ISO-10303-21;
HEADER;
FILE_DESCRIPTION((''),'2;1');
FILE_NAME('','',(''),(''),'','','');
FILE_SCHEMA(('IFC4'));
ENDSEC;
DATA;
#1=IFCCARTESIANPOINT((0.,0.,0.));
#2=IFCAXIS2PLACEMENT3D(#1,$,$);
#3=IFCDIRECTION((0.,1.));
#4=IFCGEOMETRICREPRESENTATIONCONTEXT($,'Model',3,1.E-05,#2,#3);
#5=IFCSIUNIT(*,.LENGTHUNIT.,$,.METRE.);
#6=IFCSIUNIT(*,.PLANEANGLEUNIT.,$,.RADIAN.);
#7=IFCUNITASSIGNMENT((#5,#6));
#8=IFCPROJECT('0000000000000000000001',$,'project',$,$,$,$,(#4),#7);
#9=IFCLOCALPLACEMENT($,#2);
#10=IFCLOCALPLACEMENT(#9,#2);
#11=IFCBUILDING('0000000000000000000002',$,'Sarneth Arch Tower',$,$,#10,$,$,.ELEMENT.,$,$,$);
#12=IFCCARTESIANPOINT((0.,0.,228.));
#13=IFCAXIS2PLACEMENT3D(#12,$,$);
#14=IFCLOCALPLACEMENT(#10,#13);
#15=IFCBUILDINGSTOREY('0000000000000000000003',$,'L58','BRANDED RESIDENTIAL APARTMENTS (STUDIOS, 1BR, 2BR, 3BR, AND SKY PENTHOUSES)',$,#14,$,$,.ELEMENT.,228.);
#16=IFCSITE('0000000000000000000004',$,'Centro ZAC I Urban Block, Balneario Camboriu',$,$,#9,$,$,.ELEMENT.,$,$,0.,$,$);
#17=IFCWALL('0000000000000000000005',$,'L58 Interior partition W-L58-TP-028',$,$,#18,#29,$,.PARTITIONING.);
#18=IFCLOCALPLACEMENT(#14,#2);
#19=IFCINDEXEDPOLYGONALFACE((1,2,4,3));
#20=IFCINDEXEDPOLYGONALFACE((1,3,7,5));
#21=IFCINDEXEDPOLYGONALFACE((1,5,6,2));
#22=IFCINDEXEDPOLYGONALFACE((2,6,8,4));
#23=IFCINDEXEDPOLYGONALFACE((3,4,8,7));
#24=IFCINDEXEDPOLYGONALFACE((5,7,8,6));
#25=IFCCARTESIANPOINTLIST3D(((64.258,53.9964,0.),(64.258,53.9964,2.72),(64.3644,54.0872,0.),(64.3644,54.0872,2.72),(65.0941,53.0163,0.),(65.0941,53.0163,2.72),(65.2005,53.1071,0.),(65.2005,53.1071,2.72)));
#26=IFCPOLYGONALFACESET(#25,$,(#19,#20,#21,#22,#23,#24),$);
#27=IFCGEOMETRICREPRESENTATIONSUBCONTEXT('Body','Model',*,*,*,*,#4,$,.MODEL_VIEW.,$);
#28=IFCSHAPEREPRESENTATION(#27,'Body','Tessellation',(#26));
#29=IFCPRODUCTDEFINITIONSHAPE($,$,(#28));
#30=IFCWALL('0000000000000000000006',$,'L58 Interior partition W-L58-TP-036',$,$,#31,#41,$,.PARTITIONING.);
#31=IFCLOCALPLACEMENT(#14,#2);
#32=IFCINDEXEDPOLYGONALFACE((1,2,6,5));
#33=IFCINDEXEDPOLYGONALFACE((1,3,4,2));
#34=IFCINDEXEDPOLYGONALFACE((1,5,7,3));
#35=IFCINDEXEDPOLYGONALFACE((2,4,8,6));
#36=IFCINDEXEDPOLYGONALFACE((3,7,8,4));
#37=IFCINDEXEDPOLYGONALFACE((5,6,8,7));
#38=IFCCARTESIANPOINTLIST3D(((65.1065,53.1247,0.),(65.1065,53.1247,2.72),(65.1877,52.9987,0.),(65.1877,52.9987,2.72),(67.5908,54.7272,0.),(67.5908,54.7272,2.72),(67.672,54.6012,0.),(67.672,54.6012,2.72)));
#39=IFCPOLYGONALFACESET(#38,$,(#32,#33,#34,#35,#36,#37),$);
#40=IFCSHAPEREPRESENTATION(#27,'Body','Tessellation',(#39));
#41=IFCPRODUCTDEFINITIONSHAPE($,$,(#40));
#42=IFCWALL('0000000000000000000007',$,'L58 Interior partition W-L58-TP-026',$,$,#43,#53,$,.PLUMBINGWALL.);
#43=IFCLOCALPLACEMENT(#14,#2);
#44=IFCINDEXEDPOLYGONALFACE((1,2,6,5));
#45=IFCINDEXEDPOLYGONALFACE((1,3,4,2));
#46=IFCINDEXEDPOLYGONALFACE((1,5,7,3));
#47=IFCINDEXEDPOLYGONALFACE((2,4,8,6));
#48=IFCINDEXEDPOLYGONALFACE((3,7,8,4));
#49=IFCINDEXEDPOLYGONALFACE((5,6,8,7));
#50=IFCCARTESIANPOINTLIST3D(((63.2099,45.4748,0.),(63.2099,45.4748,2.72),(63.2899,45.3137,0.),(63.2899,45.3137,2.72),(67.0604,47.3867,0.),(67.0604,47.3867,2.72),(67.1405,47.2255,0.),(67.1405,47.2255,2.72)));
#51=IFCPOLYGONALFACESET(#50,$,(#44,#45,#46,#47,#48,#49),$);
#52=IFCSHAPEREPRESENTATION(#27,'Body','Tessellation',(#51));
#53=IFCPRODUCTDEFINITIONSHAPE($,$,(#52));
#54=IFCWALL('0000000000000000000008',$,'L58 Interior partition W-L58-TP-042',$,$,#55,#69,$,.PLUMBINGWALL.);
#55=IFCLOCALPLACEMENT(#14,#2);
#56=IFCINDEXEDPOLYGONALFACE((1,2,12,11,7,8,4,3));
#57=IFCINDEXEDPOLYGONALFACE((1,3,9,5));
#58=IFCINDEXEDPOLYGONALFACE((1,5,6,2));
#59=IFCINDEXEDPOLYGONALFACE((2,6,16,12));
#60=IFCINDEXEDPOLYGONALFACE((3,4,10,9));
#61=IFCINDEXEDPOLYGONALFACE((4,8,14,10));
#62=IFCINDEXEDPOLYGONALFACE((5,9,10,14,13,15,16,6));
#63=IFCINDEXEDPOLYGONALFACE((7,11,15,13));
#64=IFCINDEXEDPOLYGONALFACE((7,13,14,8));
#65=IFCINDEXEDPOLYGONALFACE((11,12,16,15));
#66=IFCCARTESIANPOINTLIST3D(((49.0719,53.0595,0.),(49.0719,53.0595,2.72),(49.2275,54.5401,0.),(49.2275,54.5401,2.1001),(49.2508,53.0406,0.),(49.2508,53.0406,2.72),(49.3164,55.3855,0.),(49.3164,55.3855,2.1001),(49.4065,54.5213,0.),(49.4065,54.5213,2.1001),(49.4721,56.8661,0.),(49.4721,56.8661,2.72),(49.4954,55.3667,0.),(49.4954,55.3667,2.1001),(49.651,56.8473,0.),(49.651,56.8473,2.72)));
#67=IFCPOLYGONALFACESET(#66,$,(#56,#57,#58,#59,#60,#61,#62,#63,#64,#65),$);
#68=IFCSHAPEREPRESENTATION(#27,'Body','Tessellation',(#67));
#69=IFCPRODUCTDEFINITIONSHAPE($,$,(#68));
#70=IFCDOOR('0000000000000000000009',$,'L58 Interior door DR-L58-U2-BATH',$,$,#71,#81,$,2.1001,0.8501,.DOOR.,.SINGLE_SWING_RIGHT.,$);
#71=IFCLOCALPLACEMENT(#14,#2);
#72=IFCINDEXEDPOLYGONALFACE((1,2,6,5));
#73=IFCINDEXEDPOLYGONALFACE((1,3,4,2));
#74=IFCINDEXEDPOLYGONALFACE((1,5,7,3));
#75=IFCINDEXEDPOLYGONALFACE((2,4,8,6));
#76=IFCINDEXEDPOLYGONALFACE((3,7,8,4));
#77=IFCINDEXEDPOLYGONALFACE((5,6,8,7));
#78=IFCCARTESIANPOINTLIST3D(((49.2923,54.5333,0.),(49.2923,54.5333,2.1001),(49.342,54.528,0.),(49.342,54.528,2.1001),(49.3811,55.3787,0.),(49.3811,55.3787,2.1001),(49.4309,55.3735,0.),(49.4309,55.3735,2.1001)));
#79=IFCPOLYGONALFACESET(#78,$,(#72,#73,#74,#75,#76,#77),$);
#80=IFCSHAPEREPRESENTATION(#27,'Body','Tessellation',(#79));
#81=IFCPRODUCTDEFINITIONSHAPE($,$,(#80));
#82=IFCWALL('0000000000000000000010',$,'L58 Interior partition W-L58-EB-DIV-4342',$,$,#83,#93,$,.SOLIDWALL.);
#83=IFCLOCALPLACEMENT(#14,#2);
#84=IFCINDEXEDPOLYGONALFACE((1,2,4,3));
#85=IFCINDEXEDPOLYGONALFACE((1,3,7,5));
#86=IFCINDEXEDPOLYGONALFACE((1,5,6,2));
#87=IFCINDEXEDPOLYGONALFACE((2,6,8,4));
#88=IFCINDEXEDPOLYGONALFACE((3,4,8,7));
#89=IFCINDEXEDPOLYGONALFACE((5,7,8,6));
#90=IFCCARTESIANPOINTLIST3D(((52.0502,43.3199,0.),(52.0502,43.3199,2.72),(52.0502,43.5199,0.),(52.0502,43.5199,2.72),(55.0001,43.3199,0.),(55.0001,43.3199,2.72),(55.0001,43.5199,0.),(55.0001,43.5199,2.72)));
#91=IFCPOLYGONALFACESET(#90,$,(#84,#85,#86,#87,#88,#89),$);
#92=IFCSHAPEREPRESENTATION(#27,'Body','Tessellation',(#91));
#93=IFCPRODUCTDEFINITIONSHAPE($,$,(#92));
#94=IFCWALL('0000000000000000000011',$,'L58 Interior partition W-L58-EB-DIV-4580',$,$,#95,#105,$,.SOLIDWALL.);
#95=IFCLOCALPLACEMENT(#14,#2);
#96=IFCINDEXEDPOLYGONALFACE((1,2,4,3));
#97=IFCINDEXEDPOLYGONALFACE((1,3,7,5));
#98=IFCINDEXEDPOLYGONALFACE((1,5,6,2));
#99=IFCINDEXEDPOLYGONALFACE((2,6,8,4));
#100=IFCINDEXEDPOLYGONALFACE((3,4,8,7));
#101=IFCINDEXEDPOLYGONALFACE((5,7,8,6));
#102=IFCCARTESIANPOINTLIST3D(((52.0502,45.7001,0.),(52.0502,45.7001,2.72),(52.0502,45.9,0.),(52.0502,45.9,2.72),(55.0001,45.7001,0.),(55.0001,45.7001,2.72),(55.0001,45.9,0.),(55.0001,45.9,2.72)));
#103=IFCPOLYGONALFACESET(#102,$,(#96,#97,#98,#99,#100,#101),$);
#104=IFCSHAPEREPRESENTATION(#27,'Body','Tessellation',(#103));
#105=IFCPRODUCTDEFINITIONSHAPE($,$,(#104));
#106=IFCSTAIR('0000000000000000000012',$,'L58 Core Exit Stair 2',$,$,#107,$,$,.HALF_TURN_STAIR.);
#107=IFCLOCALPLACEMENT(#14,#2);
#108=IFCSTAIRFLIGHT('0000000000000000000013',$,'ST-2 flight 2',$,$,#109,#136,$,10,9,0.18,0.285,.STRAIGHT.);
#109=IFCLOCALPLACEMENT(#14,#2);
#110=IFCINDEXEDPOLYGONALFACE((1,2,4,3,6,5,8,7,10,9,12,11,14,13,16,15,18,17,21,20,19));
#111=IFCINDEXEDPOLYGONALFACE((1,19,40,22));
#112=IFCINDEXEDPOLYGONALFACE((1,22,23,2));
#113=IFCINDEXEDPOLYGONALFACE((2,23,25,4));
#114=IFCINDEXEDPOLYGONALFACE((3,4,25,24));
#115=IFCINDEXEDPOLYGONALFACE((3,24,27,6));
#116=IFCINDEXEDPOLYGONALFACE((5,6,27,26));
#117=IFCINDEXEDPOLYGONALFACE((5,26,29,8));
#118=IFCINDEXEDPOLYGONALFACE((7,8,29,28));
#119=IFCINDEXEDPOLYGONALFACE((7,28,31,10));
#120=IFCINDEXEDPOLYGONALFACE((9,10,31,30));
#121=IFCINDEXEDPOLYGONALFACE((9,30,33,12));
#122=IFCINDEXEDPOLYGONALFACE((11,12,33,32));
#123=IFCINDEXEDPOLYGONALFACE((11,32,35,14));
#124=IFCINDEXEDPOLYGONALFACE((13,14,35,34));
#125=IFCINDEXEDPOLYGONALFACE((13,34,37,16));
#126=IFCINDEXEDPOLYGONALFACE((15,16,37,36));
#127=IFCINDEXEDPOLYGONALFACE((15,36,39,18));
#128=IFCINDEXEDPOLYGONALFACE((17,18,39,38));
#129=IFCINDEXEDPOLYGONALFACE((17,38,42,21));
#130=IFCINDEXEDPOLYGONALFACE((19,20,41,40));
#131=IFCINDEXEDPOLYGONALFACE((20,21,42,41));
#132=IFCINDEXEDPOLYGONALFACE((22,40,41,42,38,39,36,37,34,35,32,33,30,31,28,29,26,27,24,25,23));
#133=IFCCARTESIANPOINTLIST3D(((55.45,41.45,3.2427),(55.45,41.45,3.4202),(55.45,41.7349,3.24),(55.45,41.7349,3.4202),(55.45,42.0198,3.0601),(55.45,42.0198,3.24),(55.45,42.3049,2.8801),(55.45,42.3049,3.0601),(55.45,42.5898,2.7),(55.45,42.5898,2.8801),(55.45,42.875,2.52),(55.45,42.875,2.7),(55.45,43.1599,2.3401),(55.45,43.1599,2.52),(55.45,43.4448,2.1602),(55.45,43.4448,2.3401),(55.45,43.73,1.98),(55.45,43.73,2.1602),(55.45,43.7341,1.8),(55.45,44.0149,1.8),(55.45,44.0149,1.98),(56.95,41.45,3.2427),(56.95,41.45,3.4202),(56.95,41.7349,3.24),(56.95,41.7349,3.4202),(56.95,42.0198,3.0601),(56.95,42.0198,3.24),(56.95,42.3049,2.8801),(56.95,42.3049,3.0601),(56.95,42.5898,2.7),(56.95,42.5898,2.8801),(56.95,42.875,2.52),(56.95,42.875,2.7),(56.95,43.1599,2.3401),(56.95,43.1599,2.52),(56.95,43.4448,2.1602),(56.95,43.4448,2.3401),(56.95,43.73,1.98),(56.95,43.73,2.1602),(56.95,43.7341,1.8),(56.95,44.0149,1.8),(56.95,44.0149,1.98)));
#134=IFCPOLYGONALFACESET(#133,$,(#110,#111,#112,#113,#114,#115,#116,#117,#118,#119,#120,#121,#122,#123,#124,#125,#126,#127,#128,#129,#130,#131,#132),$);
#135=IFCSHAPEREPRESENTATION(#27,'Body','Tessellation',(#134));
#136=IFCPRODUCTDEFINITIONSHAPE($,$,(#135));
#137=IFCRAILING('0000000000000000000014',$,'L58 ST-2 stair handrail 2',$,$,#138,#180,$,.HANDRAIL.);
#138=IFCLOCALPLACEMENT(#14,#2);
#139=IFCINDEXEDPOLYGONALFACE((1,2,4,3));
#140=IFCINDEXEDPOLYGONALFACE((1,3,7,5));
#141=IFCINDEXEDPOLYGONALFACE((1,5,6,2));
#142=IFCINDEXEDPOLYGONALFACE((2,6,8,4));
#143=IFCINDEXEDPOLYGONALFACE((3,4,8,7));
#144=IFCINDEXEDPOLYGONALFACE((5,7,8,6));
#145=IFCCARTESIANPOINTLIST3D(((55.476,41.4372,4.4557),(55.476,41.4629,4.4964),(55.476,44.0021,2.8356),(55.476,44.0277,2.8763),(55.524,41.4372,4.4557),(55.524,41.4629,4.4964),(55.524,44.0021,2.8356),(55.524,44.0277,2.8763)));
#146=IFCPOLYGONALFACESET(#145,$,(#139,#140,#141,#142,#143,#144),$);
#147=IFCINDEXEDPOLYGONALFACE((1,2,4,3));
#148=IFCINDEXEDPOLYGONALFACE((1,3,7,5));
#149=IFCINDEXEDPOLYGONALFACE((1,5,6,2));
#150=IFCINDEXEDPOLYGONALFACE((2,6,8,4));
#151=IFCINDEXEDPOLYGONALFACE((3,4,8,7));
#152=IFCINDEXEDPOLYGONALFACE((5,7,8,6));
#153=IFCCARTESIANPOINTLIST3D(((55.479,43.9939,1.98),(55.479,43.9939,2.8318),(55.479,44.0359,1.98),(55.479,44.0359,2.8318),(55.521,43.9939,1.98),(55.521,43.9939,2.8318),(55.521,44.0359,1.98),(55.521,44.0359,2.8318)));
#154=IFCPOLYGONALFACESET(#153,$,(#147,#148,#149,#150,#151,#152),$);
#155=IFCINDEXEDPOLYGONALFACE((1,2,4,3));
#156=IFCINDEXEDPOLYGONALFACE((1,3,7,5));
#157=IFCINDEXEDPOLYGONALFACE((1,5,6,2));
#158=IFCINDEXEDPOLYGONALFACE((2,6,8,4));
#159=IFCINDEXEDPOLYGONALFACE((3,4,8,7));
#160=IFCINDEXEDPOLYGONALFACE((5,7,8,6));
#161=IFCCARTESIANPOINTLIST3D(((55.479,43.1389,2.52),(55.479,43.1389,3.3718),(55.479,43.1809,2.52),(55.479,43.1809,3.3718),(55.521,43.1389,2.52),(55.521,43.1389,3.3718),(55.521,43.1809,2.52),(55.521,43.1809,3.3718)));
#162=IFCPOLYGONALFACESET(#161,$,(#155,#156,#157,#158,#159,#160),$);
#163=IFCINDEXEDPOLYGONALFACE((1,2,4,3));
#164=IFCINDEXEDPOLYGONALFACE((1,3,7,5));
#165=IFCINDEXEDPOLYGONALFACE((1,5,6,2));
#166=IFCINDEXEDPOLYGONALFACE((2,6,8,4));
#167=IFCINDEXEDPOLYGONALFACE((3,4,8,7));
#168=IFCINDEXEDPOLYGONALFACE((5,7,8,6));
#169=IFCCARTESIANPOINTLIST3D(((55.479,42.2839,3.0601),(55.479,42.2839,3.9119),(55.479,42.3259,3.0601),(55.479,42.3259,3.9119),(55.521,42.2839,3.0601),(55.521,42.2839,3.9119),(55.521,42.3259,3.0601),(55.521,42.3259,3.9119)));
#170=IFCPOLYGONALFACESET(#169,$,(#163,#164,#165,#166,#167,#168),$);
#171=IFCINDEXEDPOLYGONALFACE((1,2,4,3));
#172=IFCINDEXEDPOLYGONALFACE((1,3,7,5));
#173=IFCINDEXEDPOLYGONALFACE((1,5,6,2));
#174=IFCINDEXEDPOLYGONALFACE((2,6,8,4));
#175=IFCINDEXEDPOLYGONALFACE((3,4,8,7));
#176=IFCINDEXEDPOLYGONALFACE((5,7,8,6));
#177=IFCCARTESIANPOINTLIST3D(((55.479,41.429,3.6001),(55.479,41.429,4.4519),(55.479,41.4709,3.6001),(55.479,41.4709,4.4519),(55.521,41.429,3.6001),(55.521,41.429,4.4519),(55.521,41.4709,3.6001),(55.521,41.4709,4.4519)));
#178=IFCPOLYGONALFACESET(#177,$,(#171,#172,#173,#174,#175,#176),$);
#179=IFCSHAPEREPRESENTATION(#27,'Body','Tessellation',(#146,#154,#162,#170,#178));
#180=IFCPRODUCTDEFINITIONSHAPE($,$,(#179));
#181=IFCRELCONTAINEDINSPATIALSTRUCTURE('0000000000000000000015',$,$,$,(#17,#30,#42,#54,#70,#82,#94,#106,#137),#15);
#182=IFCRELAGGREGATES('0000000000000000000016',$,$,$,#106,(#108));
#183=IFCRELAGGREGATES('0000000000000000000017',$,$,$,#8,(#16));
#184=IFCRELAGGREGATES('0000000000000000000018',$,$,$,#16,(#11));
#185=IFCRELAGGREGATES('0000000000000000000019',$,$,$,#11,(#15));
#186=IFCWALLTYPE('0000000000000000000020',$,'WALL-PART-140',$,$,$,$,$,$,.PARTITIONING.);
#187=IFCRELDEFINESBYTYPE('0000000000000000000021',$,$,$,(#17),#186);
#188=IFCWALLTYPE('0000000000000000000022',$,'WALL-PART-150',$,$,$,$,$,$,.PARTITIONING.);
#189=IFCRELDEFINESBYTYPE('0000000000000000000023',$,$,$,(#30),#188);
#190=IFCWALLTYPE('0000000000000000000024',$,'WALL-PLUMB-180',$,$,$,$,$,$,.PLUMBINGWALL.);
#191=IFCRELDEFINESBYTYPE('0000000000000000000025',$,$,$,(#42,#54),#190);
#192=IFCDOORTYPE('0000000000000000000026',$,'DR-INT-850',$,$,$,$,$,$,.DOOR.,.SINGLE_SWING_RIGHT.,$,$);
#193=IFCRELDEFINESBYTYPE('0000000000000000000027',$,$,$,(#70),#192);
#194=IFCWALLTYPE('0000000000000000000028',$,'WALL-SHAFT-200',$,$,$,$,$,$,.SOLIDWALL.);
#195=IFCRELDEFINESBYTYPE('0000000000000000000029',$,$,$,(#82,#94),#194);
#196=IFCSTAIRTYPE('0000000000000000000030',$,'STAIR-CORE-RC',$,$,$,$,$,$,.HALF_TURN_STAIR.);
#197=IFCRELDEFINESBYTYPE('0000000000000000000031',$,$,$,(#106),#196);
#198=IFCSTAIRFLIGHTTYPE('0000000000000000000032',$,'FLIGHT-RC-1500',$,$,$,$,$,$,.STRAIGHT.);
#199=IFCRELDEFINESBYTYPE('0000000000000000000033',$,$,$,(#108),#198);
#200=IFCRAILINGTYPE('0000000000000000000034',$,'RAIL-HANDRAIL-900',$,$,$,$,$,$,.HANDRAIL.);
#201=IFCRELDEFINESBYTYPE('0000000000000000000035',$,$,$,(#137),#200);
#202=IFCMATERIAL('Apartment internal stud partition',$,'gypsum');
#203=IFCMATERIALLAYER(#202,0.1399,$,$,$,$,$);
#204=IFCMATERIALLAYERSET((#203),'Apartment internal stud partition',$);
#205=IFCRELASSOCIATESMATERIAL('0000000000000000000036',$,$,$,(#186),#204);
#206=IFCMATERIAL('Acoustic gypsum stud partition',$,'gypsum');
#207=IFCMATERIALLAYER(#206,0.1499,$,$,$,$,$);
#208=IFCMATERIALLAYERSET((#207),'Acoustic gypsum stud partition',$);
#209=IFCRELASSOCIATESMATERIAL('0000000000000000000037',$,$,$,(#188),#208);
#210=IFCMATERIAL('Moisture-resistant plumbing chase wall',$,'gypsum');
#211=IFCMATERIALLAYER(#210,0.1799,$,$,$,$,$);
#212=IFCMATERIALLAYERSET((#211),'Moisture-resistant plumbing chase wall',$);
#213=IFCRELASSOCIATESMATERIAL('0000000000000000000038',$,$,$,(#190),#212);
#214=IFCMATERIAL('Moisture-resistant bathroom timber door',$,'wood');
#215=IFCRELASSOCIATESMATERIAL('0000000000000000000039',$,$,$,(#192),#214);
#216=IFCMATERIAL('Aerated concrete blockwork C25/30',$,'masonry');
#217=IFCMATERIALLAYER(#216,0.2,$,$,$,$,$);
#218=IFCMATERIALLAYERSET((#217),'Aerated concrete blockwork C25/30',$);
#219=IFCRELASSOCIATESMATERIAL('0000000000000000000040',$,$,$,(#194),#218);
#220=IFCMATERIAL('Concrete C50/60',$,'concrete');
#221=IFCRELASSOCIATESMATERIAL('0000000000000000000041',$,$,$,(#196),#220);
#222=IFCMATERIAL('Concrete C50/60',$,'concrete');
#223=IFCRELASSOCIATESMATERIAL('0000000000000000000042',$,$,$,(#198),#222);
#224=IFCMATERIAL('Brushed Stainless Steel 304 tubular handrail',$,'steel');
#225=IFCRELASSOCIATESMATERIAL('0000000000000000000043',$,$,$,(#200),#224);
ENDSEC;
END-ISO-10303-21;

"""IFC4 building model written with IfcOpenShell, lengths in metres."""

from ifc_helpers import new_model, si_unit, direction, frame, frame_2d, origin, origin_2d, place, context, subcontext, project, spatial, polyline, rectangle, outline, extrude, material, layer, layer_set, type_object, element, fill, aggregate, save


model = new_model("IFC4")

# Units and contexts
model_context = context("Model", 3, precision=1e-05, world=origin(), true_north=direction((0.0, 1.0)))
body_context = subcontext(model_context, "Body", "Model", "MODEL_VIEW")
ifc_project = project(units=[si_unit("LENGTHUNIT", "METRE"), si_unit("PLANEANGLEUNIT", "RADIAN")], contexts=[model_context])

# Site, building, storey
site_placement = place(None, origin())
site = spatial("IfcSite", under=ifc_project, at=site_placement, Name="Centro ZAC I Urban Block, Balneario Camboriu", CompositionType="ELEMENT", RefElevation=0.0)
building_placement = place(site_placement, origin())
building = spatial("IfcBuilding", under=site, at=building_placement, Name="Sarneth Arch Tower", CompositionType="ELEMENT")
storey_placement = place(building_placement, frame((0.0, 0.0, 228.0)))
storey = spatial("IfcBuildingStorey", under=building, at=storey_placement, Name="L58", Description="BRANDED RESIDENTIAL APARTMENTS (STUDIOS, 1BR, 2BR, 3BR, AND SKY PENTHOUSES)", CompositionType="ELEMENT", Elevation=228.0)

# Walls
ifc_material_1 = material(Name="Apartment internal stud partition", Category="gypsum")
ifc_layer_1 = layer(ifc_material_1, 0.1399)
ifc_layer_set_1 = layer_set([ifc_layer_1], Name="Apartment internal stud partition")
wall_type_1 = type_object("IfcWallType", Name="WALL-PART-140", PredefinedType="PARTITIONING", material=ifc_layer_set_1)
wall_1_placement = place(storey_placement, frame((65.1472, 53.0618, 0.0), z_axis=(0.0, 0.0, 1.0), x_axis=(-0.648995, 0.760793, 0.0)))
element("IfcWall", 1, at=wall_1_placement, inside=storey, type_object=wall_type_1, Name="L58 Interior partition W-L58-TP-028", PredefinedType="PARTITIONING", context=body_context, shape_type="SweptSolid", body=[
    extrude(rectangle(XDim=1.2883, YDim=0.1399, at=frame_2d((0.644, 0.0))), origin(), (0.0, 0.0, 1.0), 2.72),
])
ifc_material_2 = material(Name="Acoustic gypsum stud partition", Category="gypsum")
ifc_layer_2 = layer(ifc_material_2, 0.1499)
ifc_layer_set_2 = layer_set([ifc_layer_2], Name="Acoustic gypsum stud partition")
wall_type_2 = type_object("IfcWallType", Name="WALL-PART-150", PredefinedType="PARTITIONING", material=ifc_layer_set_2)
wall_2_placement = place(storey_placement, frame((65.1472, 53.0618, 0.0), z_axis=(0.0, 0.0, 1.0), x_axis=(0.84034, 0.542059, 0.0)))
element("IfcWall", 2, at=wall_2_placement, inside=storey, type_object=wall_type_2, Name="L58 Interior partition W-L58-TP-036", PredefinedType="PARTITIONING", context=body_context, shape_type="SweptSolid", body=[
    extrude(rectangle(XDim=2.9563, YDim=0.1499, at=frame_2d((1.478, 0.0))), origin(), (0.0, 0.0, 1.0), 2.72),
])
ifc_material_3 = material(Name="Moisture-resistant plumbing chase wall", Category="gypsum")
ifc_layer_3 = layer(ifc_material_3, 0.1799)
ifc_layer_set_3 = layer_set([ifc_layer_3], Name="Moisture-resistant plumbing chase wall")
wall_type_3 = type_object("IfcWallType", Name="WALL-PLUMB-180", PredefinedType="PLUMBINGWALL", material=ifc_layer_set_3)
wall_3_placement = place(storey_placement, frame((63.25, 45.3943, 0.0), z_axis=(0.0, 0.0, 1.0), x_axis=(0.895673, 0.444713, 0.0)))
element("IfcWall", 3, at=wall_3_placement, inside=storey, type_object=wall_type_3, Name="L58 Interior partition W-L58-TP-026", PredefinedType="PLUMBINGWALL", context=body_context, shape_type="SweptSolid", body=[
    extrude(rectangle(XDim=4.2991, YDim=0.1799, at=frame_2d((2.1494, 0.0))), origin(), (0.0, 0.0, 1.0), 2.72),
])

# Wall, opening, door
wall_4_placement = place(storey_placement, frame((49.1614, 53.05, 0.0), z_axis=(0.0, 0.0, 1.0), x_axis=(0.104542, 0.99452, 0.0)))
wall_4 = element("IfcWall", 4, at=wall_4_placement, inside=storey, type_object=wall_type_3, Name="L58 Interior partition W-L58-TP-042", PredefinedType="PLUMBINGWALL", context=body_context, shape_type="SweptSolid", body=[
    extrude(rectangle(XDim=3.8276, YDim=0.1799, at=frame_2d((1.9138, 0.0))), origin(), (0.0, 0.0, 1.0), 2.72),
])
opening_placement = place(wall_4_placement, frame((1.4888, 0.0, 0.0)))
opening = element("IfcOpeningElement", 5, at=opening_placement, cuts=wall_4, PredefinedType="OPENING", context=body_context, shape_type="SweptSolid", body=[
    extrude(rectangle(XDim=0.8501, YDim=2.1001, at=frame_2d((0.425, 1.05))), frame((0.0, 0.0999, 0.0), z_axis=(0.0, -1.0, 0.0), x_axis=(1.0, 0.0, 0.0)), (0.0, 0.0, 1.0), 0.2),
])
ifc_material_4 = material(Name="Moisture-resistant bathroom timber door", Category="wood")
door_type = type_object("IfcDoorType", Name="DR-INT-850", OperationType="SINGLE_SWING_RIGHT", PredefinedType="DOOR", material=ifc_material_4)
door_placement = place(opening_placement, origin())
door = element("IfcDoor", 6, at=door_placement, inside=storey, type_object=door_type, Name="L58 Interior door DR-L58-U2-BATH", OperationType="SINGLE_SWING_RIGHT", OverallHeight=2.1001, OverallWidth=0.8501, PredefinedType="DOOR", context=body_context, shape_type="SweptSolid", body=[
    extrude(rectangle(XDim=0.8501, YDim=2.1001, at=frame_2d((0.425, 1.05))), frame((0.0, 0.0249, 0.0), z_axis=(0.0, -1.0, 0.0), x_axis=(1.0, 0.0, 0.0)), (0.0, 0.0, 1.0), 0.05),
])
fill(opening, door)

# Walls
ifc_material_5 = material(Name="Aerated concrete blockwork C25/30", Category="masonry")
ifc_layer_4 = layer(ifc_material_5, 0.2)
ifc_layer_set_4 = layer_set([ifc_layer_4], Name="Aerated concrete blockwork C25/30")
wall_type_4 = type_object("IfcWallType", Name="WALL-SHAFT-200", PredefinedType="SOLIDWALL", material=ifc_layer_set_4)
for number, where, z_axis, x_axis, name in (
    (7, (52.05, 43.4199, 0.0), (0.0, 0.0, 1.0), (1.0, 0.0, 0.0), "L58 Interior partition W-L58-EB-DIV-4342"),
    (8, (52.05, 45.8, 0.0), (0.0, 0.0, 1.0), (1.0, 0.0, 0.0), "L58 Interior partition W-L58-EB-DIV-4580"),
):
    element("IfcWall", number, at=place(storey_placement, frame(where, z_axis=z_axis, x_axis=x_axis)), inside=storey, type_object=wall_type_4, Name=name, PredefinedType="SOLIDWALL", context=body_context, shape_type="SweptSolid", body=[
        extrude(rectangle(XDim=2.95, YDim=0.2, at=frame_2d((1.4751, 0.0))), origin(), (0.0, 0.0, 1.0), 2.72),
    ])

# Stair, stair flight
ifc_material_6 = material(Name="Concrete C50/60", Category="concrete")
stair_type = type_object("IfcStairType", Name="STAIR-CORE-RC", PredefinedType="HALF_TURN_STAIR", material=ifc_material_6)
stair_placement = place(storey_placement, origin())
stair = element("IfcStair", 9, at=stair_placement, inside=storey, type_object=stair_type, Name="L58 Core Exit Stair 2", PredefinedType="HALF_TURN_STAIR")
ifc_material_7 = material(Name="Concrete C50/60", Category="concrete")
stair_flight_type = type_object("IfcStairFlightType", Name="FLIGHT-RC-1500", PredefinedType="STRAIGHT", material=ifc_material_7)
stair_flight_placement = place(storey_placement, frame((56.2, 44.0149, 1.8), z_axis=(0.0, 0.0, 1.0), x_axis=(0.0, -1.0, 0.0)))
stair_flight = element("IfcStairFlight", 10, at=stair_flight_placement, type_object=stair_flight_type, Name="ST-2 flight 2", NumberOfRisers=10, NumberOfTreads=9, PredefinedType="STRAIGHT", RiserHeight=0.18, TreadLength=0.285, context=body_context, shape_type="SweptSolid", body=[
    extrude(outline(polyline([(0.0, 0.0), (0.0, 0.1799), (0.2849, 0.1799), (0.2849, 0.3601), (0.5701, 0.3601), (0.5701, 0.54), (0.855, 0.54), (0.855, 0.72), (1.1399, 0.72), (1.1399, 0.8999), (1.425, 0.8999), (1.425, 1.0801), (1.71, 1.0801), (1.71, 1.26), (1.9951, 1.26), (1.9951, 1.4399), (2.28, 1.4399), (2.28, 1.6201), (2.5649, 1.6201), (2.5649, 1.8), (2.5649, 1.4426), (0.2808, 0.0), (0.0, 0.0)])), frame((0.0, 0.75, 0.0), z_axis=(0.0, -1.0, 0.0), x_axis=(1.0, 0.0, 0.0)), (0.0, 0.0, 1.0), 1.5),
])
aggregate(stair, [stair_flight])

# Railing
ifc_material_8 = material(Name="Brushed Stainless Steel 304 tubular handrail", Category="steel")
railing_type_1 = type_object("IfcRailingType", Name="RAIL-HANDRAIL-900", PredefinedType="HANDRAIL", material=ifc_material_8)
railing_1_placement = place(storey_placement, frame((55.5, 44.0149, 1.98)))
element("IfcRailing", 11, at=railing_1_placement, inside=storey, type_object=railing_type_1, Name="L58 ST-2 stair handrail 2", PredefinedType="HANDRAIL", context=body_context, shape_type="SweptSolid", body=[
    extrude(rectangle(XDim=0.0481, YDim=0.0481, at=origin_2d()), frame((0.0, 0.0, 0.876), z_axis=(0.0, -0.845466, 0.534029), x_axis=(1.0, 0.0, 0.0)), (0.0, 0.0, 1.0), 3.0337),
    extrude(rectangle(XDim=0.042, YDim=0.042, at=origin_2d()), origin(), (0.0, 0.0, 1.0), 0.8518),
    extrude(rectangle(XDim=0.042, YDim=0.042, at=origin_2d()), frame((0.0, -0.855, 0.54)), (0.0, 0.0, 1.0), 0.8518),
    extrude(rectangle(XDim=0.042, YDim=0.042, at=origin_2d()), frame((0.0, -1.71, 1.0801)), (0.0, 0.0, 1.0), 0.8518),
    extrude(rectangle(XDim=0.042, YDim=0.042, at=origin_2d()), frame((0.0, -2.5649, 1.6201)), (0.0, 0.0, 1.0), 0.8518),
])

save(model, "model.ifc")
